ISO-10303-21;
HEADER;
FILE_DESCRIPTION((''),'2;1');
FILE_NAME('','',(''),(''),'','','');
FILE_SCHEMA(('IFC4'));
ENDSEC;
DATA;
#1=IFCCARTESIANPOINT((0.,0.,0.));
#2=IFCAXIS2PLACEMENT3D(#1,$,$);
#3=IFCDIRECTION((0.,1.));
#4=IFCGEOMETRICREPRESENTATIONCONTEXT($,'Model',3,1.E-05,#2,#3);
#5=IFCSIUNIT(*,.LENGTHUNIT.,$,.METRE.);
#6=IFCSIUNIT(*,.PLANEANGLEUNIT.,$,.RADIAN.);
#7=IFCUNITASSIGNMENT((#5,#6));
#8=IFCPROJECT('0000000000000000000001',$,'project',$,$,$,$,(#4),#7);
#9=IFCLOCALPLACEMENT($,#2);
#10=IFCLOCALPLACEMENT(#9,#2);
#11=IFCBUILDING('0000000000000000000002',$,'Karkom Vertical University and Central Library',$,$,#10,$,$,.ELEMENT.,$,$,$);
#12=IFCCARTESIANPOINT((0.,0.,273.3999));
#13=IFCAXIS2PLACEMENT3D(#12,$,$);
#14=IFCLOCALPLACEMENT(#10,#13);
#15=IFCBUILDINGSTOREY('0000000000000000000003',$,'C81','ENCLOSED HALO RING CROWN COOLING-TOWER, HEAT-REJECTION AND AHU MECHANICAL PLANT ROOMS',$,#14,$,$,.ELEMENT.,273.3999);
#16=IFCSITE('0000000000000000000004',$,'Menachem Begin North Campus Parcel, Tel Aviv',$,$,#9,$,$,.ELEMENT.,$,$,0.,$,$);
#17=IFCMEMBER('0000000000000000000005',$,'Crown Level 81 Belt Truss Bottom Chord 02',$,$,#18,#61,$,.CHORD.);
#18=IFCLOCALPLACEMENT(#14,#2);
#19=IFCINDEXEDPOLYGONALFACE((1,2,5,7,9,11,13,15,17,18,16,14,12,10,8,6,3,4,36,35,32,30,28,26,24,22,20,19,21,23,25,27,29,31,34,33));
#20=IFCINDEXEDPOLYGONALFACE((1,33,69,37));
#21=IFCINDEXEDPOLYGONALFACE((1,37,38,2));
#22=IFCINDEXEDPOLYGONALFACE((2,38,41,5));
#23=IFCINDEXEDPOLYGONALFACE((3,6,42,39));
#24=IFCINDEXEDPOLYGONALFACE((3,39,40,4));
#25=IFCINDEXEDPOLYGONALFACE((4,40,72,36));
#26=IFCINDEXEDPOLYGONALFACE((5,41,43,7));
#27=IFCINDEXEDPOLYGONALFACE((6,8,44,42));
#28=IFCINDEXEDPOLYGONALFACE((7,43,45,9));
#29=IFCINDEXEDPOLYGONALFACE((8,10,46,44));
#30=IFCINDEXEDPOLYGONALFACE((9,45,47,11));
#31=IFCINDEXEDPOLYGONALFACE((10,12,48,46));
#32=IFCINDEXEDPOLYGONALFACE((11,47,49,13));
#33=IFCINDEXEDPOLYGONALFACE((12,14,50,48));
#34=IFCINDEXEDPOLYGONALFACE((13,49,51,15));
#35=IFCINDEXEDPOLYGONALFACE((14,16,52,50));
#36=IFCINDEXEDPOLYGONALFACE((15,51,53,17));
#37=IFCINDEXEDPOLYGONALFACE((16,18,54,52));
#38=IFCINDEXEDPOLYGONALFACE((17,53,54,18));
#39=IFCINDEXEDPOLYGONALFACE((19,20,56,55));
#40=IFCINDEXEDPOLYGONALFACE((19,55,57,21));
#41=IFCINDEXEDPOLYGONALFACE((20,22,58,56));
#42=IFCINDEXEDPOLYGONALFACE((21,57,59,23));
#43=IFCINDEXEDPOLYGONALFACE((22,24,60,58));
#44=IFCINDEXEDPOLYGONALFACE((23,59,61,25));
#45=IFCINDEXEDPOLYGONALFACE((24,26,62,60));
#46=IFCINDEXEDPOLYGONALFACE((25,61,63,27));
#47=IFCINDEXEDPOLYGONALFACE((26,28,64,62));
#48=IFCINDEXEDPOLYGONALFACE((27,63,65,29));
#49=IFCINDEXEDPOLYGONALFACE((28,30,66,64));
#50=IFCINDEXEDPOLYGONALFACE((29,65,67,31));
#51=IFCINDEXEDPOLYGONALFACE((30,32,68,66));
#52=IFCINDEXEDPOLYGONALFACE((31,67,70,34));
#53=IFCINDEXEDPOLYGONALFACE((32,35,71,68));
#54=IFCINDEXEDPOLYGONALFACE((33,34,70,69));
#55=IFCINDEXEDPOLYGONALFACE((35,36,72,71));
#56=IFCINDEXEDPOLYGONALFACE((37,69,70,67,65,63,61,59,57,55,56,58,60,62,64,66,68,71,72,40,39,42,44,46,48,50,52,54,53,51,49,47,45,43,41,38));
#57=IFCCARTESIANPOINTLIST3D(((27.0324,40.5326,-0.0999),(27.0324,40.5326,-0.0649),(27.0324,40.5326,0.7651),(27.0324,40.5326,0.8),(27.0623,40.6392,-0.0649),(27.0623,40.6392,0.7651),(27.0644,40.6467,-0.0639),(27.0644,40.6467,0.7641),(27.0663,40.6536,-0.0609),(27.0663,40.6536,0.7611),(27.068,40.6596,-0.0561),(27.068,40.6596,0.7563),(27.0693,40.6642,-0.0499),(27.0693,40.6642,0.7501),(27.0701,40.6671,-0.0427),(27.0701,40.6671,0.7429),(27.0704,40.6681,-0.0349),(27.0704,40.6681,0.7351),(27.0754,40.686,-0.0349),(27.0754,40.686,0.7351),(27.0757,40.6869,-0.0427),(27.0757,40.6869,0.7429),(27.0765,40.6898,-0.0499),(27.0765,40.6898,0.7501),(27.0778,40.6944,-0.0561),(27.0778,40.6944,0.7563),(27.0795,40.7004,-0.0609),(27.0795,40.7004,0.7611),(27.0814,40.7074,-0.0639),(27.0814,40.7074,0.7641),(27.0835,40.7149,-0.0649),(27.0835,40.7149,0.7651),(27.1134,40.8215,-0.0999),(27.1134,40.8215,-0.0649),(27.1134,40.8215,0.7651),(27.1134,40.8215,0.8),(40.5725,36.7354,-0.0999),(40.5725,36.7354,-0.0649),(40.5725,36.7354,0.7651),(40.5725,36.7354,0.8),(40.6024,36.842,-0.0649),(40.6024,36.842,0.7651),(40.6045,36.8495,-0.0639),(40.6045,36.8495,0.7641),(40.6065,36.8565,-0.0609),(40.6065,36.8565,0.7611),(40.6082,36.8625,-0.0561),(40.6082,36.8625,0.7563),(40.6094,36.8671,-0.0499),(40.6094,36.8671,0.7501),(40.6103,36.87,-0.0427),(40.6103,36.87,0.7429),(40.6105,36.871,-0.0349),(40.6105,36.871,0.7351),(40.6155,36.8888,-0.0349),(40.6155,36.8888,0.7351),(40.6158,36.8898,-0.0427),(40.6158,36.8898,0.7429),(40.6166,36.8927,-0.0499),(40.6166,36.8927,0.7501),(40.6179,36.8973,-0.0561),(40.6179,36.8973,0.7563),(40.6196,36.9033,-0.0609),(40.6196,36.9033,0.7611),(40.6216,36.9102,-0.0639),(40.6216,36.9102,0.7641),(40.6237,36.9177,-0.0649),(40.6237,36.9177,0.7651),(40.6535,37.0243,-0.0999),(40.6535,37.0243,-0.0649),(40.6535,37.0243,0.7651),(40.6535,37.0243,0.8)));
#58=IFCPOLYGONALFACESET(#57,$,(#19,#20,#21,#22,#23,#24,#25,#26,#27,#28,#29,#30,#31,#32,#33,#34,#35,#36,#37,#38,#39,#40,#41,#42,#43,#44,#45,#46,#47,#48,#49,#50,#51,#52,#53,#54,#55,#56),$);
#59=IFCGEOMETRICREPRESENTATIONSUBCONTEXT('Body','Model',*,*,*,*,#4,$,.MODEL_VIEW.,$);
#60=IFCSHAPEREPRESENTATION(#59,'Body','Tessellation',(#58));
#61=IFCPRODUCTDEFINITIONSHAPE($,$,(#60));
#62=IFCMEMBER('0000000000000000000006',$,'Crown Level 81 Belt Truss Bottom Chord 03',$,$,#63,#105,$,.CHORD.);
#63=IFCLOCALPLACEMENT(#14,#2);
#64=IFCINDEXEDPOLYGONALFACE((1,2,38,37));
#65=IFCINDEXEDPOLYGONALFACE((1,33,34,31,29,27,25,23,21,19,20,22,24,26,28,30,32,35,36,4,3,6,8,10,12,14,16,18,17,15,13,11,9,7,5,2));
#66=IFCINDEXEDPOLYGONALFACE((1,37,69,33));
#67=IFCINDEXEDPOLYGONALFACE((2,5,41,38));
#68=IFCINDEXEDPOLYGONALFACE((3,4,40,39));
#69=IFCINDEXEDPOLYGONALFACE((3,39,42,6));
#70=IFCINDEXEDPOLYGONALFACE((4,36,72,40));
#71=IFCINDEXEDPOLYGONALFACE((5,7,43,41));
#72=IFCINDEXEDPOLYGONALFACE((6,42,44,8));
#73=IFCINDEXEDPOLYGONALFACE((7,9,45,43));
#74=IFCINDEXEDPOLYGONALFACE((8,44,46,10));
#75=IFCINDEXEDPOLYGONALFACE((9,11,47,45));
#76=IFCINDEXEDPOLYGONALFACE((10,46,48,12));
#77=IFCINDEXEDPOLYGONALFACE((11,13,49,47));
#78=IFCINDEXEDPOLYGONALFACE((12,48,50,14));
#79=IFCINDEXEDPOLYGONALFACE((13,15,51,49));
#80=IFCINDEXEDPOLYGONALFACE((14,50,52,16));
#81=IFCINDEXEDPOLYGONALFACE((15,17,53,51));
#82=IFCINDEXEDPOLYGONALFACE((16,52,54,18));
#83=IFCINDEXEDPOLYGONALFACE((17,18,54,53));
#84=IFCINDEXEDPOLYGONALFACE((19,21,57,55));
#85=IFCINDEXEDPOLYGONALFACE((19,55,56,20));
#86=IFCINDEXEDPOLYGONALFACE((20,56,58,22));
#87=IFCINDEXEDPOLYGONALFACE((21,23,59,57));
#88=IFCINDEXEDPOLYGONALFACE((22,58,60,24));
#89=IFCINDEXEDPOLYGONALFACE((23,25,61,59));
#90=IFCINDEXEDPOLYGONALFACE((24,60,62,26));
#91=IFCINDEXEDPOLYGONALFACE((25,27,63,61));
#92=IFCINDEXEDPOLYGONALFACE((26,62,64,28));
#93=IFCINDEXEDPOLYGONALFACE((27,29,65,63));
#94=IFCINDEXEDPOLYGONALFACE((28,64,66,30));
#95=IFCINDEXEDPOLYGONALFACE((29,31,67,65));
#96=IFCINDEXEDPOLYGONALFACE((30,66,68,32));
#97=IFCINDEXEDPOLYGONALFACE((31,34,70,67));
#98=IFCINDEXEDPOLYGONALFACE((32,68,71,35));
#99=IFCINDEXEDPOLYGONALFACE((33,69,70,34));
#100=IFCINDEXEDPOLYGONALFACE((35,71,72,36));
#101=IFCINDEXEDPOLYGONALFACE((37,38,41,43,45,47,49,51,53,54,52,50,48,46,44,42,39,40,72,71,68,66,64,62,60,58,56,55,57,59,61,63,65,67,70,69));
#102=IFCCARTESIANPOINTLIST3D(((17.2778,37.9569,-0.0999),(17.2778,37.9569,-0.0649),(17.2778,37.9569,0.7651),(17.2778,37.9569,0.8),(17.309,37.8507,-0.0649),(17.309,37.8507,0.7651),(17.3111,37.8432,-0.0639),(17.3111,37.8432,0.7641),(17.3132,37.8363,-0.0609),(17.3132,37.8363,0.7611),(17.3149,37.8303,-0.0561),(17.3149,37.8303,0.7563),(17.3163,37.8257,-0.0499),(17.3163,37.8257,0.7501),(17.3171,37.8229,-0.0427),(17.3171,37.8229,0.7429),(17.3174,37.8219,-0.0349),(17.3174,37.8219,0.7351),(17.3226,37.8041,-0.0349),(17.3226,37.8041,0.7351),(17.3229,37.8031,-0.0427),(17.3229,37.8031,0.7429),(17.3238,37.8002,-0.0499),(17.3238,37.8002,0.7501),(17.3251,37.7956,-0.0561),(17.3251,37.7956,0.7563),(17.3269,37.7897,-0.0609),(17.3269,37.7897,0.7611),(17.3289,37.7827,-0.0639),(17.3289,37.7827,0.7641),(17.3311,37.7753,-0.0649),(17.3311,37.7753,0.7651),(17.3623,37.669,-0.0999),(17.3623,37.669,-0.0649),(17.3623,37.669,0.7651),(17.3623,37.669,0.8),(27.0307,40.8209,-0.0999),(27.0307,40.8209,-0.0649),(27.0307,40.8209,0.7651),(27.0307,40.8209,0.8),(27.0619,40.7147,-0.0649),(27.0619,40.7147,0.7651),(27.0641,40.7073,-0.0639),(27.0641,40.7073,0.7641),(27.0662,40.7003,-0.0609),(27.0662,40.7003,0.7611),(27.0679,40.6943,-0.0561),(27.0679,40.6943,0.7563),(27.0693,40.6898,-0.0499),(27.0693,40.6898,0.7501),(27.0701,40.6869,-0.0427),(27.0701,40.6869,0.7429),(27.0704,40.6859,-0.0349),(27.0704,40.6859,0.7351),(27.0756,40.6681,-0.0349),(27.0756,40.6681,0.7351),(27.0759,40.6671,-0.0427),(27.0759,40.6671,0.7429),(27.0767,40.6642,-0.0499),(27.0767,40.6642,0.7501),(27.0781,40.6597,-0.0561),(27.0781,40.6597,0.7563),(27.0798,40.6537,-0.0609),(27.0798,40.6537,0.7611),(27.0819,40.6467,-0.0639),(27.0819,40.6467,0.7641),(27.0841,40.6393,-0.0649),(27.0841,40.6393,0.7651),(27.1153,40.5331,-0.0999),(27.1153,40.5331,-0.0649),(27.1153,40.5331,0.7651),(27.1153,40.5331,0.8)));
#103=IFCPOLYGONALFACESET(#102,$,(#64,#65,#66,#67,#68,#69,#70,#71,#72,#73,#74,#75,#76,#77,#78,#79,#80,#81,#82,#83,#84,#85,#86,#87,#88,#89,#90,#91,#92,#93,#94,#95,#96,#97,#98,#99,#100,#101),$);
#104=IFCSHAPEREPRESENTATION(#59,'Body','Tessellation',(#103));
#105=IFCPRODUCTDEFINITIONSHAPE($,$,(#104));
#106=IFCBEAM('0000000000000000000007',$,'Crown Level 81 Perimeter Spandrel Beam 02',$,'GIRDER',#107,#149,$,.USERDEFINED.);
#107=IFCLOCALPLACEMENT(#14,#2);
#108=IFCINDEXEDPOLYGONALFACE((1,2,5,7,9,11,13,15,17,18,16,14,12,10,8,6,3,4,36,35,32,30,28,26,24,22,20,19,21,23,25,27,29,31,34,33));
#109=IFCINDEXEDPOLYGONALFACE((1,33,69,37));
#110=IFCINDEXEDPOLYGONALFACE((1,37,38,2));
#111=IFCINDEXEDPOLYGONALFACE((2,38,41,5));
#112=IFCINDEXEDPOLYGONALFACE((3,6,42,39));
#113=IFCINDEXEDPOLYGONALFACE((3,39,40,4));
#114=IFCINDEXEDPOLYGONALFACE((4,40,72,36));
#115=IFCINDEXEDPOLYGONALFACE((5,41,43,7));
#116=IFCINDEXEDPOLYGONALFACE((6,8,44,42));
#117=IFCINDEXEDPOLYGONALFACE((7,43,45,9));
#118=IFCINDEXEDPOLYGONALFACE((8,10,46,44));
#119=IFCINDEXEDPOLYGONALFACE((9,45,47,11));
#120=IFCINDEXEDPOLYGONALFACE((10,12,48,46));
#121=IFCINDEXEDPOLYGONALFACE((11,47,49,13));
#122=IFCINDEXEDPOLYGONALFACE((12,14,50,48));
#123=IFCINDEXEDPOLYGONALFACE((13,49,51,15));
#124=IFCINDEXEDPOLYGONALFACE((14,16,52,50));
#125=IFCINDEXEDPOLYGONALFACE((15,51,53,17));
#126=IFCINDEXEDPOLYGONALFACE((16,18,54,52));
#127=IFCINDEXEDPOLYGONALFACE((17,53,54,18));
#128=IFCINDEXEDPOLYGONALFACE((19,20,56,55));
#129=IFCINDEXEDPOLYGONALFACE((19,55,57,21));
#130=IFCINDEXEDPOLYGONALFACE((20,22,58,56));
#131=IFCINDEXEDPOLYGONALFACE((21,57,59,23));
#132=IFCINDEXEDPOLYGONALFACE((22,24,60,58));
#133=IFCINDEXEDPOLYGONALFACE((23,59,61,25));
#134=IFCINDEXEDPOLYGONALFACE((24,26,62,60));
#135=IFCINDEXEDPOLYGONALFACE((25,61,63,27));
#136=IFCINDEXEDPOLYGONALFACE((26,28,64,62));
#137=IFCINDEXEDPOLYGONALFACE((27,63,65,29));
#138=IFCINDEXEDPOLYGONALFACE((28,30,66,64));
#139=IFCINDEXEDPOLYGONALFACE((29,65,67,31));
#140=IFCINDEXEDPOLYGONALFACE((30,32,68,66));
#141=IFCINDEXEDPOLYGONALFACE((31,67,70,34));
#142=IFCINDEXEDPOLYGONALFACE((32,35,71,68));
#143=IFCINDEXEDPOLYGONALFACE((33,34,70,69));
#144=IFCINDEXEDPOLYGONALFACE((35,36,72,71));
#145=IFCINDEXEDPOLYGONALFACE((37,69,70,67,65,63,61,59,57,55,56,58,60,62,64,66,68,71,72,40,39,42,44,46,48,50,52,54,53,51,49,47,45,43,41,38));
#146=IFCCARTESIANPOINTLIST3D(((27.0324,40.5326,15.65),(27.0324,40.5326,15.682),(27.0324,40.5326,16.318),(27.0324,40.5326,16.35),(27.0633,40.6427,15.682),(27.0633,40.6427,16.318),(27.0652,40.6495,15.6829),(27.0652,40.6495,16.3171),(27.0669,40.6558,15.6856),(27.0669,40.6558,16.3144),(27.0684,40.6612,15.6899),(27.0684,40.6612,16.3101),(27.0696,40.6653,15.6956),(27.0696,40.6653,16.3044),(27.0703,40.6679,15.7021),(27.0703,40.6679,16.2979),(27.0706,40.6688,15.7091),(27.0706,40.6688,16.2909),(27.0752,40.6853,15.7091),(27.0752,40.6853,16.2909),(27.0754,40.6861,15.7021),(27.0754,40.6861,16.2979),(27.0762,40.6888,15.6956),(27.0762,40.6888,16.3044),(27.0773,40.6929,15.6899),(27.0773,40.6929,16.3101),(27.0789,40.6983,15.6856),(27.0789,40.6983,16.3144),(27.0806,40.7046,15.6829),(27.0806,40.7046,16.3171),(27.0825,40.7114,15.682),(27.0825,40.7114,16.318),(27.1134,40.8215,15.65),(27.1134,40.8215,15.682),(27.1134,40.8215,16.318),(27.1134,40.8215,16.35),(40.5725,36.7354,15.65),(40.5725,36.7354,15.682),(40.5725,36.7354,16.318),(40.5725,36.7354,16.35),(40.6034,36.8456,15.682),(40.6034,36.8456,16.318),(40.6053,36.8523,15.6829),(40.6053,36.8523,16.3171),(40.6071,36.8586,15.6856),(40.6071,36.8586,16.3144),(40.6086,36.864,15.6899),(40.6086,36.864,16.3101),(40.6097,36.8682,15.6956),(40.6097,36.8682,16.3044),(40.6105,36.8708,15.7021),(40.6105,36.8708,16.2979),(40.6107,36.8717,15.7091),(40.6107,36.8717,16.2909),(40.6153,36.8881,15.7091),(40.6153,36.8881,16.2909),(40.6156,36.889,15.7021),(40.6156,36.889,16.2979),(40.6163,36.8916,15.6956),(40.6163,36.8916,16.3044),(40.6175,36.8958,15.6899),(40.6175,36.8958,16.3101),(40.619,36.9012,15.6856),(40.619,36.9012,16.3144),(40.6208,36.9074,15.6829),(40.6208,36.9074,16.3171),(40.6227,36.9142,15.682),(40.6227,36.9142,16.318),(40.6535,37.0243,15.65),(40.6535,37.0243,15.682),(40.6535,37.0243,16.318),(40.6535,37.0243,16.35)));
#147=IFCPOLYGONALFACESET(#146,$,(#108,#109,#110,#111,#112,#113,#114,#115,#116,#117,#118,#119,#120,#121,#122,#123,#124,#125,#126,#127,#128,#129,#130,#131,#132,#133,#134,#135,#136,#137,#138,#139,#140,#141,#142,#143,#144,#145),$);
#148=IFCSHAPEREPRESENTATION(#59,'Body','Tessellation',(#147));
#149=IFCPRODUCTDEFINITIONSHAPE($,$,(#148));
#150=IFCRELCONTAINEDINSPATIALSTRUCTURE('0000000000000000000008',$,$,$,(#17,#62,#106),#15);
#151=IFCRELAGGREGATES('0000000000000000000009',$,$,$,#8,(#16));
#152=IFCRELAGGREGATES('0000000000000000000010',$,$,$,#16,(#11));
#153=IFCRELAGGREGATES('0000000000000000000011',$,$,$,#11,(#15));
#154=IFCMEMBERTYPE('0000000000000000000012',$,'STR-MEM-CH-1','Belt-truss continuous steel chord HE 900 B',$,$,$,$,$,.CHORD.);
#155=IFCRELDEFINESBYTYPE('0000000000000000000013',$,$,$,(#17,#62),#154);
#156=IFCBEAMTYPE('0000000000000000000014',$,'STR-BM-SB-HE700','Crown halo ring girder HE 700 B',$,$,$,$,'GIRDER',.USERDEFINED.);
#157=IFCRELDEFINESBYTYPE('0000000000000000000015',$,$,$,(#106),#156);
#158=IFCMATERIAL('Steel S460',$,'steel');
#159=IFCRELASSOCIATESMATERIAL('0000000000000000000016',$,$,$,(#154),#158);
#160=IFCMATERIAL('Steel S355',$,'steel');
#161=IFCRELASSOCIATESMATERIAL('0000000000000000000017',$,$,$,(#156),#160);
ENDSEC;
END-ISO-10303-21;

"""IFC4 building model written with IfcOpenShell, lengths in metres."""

from ifc_helpers import new_model, si_unit, direction, frame, origin, origin_with_axes, origin_2d, place, context, subcontext, project, spatial, i_section, extrude, source, transform, mapped, material, material_profile, profile_set, type_object, element, save


model = new_model("IFC4")

# Units and contexts
model_context = context("Model", 3, precision=1e-05, world=origin(), true_north=direction((0.0, 1.0)))
body_context = subcontext(model_context, "Body", "Model", "MODEL_VIEW")
ifc_project = project(units=[si_unit("LENGTHUNIT", "METRE"), si_unit("PLANEANGLEUNIT", "RADIAN")], contexts=[model_context])

# Site, building, storey
site_placement = place(None, origin())
site = spatial("IfcSite", under=ifc_project, at=site_placement, Name="Menachem Begin North Campus Parcel, Tel Aviv", CompositionType="ELEMENT", RefElevation=0.0)
building_placement = place(site_placement, origin())
building = spatial("IfcBuilding", under=site, at=building_placement, Name="Karkom Vertical University and Central Library", CompositionType="ELEMENT")
storey_placement = place(building_placement, frame((0.0, 0.0, 273.3999)))
storey = spatial("IfcBuildingStorey", under=building, at=storey_placement, Name="C81", Description="ENCLOSED HALO RING CROWN COOLING-TOWER, HEAT-REJECTION AND AHU MECHANICAL PLANT ROOMS", CompositionType="ELEMENT", Elevation=273.3999)

# Shared definitions
ifc_material_1 = material(Name="Steel S355", Category="steel")

# Members
ifc_material_2 = material(Name="Steel S460", Category="steel")
ifc_material_profile_1 = material_profile(ifc_material_2, i_section(OverallWidth=0.3, OverallDepth=0.8999, WebThickness=0.0186, FlangeThickness=0.0349, FilletRadius=0.03, at=origin_2d()), Name="HE 900 B")
ifc_profile_set_1 = profile_set([ifc_material_profile_1], Name="Steel S460")
member_type_1 = type_object("IfcMemberType", Name="STR-MEM-CH-1", Description="Belt-truss continuous steel chord HE 900 B", PredefinedType="CHORD", material=ifc_profile_set_1)
shared_shape_1 = source(origin_with_axes(), body_context, "Body", "SweptSolid", [
    extrude(i_section(OverallWidth=0.3, OverallDepth=0.8999, WebThickness=0.0186, FlangeThickness=0.0349, FilletRadius=0.03, at=origin_2d()), origin(), (0.0, 0.0, 1.0), 14.0625),
])
member_1_placement = place(storey_placement, frame((40.613, 36.8799, 0.3501), z_axis=(-0.962855, 0.27002, 0.0), x_axis=(-0.27002, -0.962855, 0.0)))
element("IfcMember", 1, at=member_1_placement, inside=storey, type_object=member_type_1, Name="Crown Level 81 Belt Truss Bottom Chord 02", PredefinedType="CHORD", context=body_context, shape_type="MappedRepresentation", body=[
    mapped(shared_shape_1, transform((0.0, 0.0, 0.0), scale=1.0)),
])
shared_shape_2 = source(origin_with_axes(), body_context, "Body", "SweptSolid", [
    extrude(i_section(OverallWidth=0.3, OverallDepth=0.8999, WebThickness=0.0186, FlangeThickness=0.0349, FilletRadius=0.03, at=origin_2d()), origin(), (0.0, 0.0, 1.0), 10.1648),
])
member_2_placement = place(storey_placement, frame((27.073, 40.677, 0.3501), z_axis=(-0.959485, -0.281759, 0.0), x_axis=(0.281759, -0.959485, 0.0)))
element("IfcMember", 2, at=member_2_placement, inside=storey, type_object=member_type_1, Name="Crown Level 81 Belt Truss Bottom Chord 03", PredefinedType="CHORD", context=body_context, shape_type="MappedRepresentation", body=[
    mapped(shared_shape_2, transform((0.0, 0.0, 0.0), scale=1.0)),
])

# Beam
ifc_material_profile_2 = material_profile(ifc_material_1, i_section(OverallWidth=0.3, OverallDepth=0.7, WebThickness=0.0171, FlangeThickness=0.032, FilletRadius=0.0271, at=origin_2d()), Name="HE 700 B")
ifc_profile_set_2 = profile_set([ifc_material_profile_2], Name="Steel S355")
beam_type_1 = type_object("IfcBeamType", Name="STR-BM-SB-HE700", Description="Crown halo ring girder HE 700 B", ElementType="GIRDER", PredefinedType="USERDEFINED", material=ifc_profile_set_2)
shared_shape_3 = source(origin_with_axes(), body_context, "Body", "SweptSolid", [
    extrude(i_section(OverallWidth=0.3, OverallDepth=0.7, WebThickness=0.0171, FlangeThickness=0.032, FilletRadius=0.0271, at=origin_2d()), origin(), (0.0, 0.0, 1.0), 14.0625),
])
beam_1_placement = place(storey_placement, frame((40.613, 36.8799, 16.0), z_axis=(-0.962855, 0.27002, 0.0), x_axis=(-0.27002, -0.962855, 0.0)))
element("IfcBeam", 3, at=beam_1_placement, inside=storey, type_object=beam_type_1, Name="Crown Level 81 Perimeter Spandrel Beam 02", ObjectType="GIRDER", PredefinedType="USERDEFINED", context=body_context, shape_type="MappedRepresentation", body=[
    mapped(shared_shape_3, transform((0.0, 0.0, 0.0), scale=1.0)),
])

save(model, "model.ifc")
